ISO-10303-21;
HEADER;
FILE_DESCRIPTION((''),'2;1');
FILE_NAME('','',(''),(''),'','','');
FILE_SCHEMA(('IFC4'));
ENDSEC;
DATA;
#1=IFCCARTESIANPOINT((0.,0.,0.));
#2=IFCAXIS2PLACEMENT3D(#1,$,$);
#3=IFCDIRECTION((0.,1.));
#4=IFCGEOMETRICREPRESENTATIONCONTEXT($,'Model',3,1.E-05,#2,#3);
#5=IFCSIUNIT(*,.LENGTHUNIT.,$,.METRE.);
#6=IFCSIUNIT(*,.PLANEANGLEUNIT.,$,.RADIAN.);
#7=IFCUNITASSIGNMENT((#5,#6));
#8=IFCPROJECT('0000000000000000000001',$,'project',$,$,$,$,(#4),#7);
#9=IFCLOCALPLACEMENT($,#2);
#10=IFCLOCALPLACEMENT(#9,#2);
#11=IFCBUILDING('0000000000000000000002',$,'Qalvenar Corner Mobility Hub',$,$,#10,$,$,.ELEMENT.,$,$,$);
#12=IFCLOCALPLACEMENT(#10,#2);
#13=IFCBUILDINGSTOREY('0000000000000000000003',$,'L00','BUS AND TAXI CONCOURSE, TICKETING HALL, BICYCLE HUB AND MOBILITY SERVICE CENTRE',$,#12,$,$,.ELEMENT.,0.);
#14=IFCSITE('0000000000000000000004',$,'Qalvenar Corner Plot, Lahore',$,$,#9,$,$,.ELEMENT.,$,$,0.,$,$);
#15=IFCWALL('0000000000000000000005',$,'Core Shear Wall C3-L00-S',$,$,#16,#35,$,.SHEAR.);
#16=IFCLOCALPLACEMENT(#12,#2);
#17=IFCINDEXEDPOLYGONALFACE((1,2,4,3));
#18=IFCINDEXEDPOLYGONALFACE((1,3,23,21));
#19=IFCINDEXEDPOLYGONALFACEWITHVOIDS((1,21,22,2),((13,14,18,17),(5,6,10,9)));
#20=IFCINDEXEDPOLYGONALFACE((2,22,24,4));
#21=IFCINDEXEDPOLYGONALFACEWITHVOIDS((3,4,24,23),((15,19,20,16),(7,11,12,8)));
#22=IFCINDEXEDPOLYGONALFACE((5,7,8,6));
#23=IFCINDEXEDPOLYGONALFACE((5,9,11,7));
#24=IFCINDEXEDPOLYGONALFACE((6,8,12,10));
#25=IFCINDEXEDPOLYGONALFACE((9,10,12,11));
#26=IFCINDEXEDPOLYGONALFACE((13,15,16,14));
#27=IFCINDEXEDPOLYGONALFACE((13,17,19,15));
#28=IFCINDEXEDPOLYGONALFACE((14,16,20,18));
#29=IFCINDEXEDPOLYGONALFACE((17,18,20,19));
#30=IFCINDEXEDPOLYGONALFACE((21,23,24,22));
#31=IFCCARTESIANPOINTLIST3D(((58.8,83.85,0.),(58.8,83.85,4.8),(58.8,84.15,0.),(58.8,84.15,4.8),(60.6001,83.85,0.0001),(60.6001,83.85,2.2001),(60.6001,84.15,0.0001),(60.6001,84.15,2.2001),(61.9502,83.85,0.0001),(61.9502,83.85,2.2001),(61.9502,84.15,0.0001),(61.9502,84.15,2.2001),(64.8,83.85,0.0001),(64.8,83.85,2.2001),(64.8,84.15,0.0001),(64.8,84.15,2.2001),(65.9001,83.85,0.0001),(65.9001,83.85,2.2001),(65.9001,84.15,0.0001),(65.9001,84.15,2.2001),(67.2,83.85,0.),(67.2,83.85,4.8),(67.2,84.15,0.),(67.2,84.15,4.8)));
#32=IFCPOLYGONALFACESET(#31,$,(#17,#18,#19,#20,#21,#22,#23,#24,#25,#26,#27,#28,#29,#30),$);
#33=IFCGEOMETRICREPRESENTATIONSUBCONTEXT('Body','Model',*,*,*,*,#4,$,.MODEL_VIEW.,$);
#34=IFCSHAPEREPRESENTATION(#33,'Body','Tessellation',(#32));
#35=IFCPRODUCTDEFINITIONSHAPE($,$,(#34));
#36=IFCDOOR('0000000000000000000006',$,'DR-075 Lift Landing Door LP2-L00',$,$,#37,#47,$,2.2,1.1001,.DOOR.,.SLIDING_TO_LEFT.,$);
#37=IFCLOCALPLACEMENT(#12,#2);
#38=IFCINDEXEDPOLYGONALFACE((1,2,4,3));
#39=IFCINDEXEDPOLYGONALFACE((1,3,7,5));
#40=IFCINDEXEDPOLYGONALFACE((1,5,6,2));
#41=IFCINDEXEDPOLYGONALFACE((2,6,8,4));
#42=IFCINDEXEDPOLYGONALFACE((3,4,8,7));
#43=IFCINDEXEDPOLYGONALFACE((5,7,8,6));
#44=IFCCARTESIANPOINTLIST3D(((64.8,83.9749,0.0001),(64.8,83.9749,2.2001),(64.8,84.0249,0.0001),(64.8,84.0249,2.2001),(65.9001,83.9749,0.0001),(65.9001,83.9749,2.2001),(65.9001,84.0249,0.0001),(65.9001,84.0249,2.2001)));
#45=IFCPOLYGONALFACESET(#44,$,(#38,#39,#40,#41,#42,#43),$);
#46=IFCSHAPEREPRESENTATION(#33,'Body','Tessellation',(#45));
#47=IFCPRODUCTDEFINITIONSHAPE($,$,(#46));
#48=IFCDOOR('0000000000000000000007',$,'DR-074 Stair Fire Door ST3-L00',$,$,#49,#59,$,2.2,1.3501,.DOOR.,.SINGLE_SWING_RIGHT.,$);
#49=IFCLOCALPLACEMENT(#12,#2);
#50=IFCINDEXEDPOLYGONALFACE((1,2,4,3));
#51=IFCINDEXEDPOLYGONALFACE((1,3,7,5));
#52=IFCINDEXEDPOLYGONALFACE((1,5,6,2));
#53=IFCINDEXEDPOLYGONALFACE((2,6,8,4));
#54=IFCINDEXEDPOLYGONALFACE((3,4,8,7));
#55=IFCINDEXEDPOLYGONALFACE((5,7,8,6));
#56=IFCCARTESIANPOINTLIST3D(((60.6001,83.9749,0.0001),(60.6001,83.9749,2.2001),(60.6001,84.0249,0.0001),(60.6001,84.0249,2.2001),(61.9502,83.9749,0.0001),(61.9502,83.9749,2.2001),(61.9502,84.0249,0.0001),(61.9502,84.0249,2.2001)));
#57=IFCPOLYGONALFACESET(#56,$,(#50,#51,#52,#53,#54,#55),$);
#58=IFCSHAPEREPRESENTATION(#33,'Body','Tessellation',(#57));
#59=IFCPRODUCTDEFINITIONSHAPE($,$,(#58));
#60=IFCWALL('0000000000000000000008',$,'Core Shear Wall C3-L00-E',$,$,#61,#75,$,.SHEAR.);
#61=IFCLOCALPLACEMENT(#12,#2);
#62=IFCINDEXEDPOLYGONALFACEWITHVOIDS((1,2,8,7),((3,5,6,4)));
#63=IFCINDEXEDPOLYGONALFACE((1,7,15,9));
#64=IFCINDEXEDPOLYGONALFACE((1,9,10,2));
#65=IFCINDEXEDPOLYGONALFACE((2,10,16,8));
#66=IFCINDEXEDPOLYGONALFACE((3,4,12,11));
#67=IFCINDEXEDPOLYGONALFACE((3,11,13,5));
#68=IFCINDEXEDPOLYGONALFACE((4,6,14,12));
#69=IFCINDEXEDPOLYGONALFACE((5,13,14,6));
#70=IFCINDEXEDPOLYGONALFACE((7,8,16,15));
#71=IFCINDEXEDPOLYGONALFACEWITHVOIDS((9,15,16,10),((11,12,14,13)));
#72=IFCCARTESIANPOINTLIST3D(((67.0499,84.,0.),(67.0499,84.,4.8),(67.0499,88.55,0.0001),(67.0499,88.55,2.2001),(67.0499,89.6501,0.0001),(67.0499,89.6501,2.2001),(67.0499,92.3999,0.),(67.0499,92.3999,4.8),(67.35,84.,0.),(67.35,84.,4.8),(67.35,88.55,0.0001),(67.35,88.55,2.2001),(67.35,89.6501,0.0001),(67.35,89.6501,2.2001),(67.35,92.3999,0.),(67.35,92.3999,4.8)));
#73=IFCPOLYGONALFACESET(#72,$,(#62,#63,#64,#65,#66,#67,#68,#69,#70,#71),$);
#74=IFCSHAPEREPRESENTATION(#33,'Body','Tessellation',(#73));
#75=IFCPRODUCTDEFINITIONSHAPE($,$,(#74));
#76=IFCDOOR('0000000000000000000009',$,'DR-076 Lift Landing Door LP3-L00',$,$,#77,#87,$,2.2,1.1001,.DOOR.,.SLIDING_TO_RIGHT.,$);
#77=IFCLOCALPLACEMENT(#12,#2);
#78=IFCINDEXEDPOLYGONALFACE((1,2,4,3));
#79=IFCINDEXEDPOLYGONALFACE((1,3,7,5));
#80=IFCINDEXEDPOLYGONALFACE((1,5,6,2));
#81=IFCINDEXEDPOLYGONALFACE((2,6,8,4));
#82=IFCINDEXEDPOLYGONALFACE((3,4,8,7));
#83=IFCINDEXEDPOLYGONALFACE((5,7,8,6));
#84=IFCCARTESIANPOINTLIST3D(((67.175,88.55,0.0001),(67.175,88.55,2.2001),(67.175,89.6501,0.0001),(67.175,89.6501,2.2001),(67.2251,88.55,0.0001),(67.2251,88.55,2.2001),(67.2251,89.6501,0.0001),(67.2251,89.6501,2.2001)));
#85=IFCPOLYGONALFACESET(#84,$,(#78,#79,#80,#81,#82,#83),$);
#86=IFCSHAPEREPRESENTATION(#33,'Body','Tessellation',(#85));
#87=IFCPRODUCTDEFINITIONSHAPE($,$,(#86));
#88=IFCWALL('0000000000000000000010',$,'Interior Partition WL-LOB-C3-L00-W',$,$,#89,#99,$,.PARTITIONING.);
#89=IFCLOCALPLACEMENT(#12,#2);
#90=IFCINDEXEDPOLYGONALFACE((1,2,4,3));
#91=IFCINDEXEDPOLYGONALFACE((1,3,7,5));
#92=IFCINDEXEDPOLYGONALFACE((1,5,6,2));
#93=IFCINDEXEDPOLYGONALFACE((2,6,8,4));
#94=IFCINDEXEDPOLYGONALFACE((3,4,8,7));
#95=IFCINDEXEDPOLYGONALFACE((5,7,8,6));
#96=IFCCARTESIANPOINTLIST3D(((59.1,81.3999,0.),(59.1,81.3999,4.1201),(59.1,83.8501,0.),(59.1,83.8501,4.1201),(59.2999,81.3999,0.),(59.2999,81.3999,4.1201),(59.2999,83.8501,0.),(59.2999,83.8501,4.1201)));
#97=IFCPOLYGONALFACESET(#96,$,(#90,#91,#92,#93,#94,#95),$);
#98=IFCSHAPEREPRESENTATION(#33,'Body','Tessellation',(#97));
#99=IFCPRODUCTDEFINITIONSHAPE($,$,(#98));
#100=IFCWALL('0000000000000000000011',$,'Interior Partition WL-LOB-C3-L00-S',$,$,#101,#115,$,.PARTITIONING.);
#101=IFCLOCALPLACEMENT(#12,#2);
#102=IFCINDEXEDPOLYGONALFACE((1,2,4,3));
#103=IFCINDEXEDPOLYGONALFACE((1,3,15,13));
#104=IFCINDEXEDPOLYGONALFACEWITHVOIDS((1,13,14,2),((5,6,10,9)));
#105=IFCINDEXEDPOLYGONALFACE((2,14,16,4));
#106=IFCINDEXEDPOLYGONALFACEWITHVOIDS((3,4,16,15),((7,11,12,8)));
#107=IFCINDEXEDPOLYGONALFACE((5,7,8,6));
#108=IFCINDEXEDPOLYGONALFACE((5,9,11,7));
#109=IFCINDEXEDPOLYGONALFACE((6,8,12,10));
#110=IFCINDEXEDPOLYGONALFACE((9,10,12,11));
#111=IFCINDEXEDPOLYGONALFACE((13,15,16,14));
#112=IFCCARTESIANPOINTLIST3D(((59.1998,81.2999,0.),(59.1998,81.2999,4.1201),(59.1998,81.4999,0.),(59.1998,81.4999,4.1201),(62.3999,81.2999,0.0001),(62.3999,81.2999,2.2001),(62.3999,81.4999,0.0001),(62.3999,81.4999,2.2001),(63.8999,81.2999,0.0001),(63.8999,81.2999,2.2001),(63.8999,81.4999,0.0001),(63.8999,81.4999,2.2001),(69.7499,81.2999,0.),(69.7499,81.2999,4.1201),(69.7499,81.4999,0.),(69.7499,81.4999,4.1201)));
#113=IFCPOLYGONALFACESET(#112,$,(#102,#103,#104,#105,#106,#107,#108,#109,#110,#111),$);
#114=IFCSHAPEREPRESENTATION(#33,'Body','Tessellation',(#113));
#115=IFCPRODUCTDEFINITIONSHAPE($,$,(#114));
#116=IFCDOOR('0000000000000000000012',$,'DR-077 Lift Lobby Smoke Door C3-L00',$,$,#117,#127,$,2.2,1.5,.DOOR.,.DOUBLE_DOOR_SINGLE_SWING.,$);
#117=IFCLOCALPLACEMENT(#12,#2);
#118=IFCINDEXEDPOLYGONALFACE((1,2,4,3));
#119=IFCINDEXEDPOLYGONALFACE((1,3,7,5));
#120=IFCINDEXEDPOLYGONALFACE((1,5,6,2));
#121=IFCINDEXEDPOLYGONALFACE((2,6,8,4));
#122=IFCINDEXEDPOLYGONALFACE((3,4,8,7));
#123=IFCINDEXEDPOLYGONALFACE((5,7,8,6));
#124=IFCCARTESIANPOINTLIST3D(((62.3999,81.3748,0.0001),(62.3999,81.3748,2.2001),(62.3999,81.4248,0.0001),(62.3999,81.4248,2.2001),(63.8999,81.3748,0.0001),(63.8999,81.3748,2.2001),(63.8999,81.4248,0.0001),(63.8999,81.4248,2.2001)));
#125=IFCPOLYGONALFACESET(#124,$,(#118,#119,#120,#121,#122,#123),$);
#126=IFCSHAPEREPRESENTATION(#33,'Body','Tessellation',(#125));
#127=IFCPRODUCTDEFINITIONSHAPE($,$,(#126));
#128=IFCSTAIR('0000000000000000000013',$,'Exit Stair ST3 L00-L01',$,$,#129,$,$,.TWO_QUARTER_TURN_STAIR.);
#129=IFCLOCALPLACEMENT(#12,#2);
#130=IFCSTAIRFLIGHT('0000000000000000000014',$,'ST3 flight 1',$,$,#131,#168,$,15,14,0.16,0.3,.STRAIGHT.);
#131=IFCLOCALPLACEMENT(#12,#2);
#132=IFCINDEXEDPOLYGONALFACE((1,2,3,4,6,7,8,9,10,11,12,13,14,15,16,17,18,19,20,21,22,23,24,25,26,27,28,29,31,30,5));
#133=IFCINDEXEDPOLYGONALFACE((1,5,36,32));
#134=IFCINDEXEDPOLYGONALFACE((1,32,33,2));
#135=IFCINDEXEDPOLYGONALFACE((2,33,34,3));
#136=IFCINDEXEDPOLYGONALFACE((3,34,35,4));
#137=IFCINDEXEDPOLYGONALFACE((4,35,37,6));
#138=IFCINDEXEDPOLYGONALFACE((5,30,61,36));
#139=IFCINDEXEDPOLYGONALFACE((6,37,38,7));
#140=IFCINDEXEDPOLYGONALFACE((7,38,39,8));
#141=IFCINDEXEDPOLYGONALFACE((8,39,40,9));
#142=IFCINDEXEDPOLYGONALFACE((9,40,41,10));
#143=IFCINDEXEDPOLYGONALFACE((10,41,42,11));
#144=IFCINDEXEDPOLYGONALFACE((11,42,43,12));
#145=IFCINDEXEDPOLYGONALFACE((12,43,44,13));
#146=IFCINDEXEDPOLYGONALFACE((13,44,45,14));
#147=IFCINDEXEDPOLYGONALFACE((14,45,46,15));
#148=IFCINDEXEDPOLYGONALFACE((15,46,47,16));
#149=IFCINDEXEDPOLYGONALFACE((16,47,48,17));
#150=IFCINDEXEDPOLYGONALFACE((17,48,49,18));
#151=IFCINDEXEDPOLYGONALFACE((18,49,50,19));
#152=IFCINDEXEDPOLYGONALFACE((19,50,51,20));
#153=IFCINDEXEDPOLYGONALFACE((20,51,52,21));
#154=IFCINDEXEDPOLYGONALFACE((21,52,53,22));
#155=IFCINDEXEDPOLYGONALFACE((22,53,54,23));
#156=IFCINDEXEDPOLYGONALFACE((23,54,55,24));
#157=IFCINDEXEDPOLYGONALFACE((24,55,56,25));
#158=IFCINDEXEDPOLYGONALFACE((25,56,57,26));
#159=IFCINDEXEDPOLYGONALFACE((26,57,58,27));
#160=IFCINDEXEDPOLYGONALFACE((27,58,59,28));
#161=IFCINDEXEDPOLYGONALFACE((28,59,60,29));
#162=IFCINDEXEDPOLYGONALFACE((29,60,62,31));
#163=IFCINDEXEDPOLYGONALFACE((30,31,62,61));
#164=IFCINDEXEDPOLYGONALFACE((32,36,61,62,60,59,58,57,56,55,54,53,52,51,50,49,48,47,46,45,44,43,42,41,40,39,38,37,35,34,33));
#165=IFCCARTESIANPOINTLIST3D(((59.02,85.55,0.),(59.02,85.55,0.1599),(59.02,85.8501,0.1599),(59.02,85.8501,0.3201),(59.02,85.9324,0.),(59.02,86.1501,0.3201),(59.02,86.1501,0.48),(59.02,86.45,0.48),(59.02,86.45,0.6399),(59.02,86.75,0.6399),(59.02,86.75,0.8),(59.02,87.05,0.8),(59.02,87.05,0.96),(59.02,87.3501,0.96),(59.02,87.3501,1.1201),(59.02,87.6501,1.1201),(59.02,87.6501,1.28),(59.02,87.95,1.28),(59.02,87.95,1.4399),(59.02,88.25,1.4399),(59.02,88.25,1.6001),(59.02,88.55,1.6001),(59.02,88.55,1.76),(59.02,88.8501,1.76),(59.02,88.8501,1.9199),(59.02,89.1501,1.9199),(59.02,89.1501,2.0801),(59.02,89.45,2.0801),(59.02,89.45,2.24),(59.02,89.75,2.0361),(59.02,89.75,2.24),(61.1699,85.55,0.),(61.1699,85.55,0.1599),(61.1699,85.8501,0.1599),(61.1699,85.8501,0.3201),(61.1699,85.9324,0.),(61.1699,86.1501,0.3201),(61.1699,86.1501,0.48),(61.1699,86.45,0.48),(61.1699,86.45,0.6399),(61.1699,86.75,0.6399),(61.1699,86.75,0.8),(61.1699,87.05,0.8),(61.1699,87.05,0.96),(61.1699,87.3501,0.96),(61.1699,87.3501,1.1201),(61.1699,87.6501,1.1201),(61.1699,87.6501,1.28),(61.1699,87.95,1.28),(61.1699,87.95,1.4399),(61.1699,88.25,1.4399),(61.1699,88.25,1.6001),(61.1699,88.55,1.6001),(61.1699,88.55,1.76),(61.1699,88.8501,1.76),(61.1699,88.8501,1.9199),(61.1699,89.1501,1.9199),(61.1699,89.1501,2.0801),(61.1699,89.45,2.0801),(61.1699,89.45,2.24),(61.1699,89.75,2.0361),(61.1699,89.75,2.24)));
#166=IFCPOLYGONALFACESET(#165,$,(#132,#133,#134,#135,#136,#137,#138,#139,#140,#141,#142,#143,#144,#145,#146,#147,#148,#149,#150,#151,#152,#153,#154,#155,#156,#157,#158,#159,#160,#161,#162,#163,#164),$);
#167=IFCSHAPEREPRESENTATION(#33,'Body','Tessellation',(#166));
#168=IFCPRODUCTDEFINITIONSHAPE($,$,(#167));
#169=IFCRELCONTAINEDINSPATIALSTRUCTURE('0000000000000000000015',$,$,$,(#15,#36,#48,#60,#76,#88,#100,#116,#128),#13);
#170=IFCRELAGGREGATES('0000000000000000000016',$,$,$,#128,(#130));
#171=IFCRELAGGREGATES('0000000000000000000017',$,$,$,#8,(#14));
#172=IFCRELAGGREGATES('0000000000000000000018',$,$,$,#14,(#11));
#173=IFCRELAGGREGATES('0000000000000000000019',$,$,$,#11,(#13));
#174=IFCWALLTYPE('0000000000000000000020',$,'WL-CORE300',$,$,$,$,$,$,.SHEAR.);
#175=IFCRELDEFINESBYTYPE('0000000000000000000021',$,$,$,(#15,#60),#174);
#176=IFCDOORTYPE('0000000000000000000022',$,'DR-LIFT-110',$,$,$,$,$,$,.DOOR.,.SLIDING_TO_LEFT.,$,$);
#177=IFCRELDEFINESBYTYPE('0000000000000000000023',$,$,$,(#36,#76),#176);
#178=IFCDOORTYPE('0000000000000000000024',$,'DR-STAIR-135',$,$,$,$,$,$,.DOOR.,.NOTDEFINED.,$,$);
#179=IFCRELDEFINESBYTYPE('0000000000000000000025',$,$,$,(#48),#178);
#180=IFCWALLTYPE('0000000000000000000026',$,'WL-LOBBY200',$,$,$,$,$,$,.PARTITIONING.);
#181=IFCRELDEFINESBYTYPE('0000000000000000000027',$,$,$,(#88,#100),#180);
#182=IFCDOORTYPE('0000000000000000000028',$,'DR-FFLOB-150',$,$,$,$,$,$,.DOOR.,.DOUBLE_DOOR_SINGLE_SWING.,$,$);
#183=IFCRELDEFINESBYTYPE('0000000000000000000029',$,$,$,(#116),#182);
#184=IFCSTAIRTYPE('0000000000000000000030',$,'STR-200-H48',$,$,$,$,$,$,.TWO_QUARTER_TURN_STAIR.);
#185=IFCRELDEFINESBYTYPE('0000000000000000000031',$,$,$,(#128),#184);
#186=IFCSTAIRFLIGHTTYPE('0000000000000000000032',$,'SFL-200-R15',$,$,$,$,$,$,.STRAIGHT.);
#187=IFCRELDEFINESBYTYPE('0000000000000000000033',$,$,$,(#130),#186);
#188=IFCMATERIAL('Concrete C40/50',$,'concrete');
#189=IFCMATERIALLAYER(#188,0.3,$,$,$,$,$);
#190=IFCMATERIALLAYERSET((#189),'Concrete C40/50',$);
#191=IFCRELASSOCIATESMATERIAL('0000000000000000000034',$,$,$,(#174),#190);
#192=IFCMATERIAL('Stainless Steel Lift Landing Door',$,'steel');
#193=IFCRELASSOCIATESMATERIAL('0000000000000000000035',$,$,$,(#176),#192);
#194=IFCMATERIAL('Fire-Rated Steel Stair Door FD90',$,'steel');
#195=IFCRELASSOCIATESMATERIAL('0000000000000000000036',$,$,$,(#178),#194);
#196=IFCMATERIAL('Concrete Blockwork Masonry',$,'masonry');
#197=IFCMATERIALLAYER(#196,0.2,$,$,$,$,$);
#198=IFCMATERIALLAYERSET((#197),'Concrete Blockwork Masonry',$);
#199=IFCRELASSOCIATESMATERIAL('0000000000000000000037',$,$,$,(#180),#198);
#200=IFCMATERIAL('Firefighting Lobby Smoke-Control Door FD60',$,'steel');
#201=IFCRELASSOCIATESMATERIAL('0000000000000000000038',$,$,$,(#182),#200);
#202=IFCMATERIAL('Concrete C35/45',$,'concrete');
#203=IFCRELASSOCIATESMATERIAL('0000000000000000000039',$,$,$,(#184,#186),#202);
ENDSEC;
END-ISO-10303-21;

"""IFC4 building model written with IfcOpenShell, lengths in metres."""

from ifc_helpers import new_model, si_unit, direction, frame, frame_2d, origin, place, context, subcontext, project, spatial, polyline, rectangle, outline, extrude, material, layer, layer_set, type_object, element, fill, aggregate, save


model = new_model("IFC4")

# Units and contexts
model_context = context("Model", 3, precision=1e-05, world=origin(), true_north=direction((0.0, 1.0)))
body_context = subcontext(model_context, "Body", "Model", "MODEL_VIEW")
ifc_project = project(units=[si_unit("LENGTHUNIT", "METRE"), si_unit("PLANEANGLEUNIT", "RADIAN")], contexts=[model_context])

# Site, building, storey
site_placement = place(None, origin())
site = spatial("IfcSite", under=ifc_project, at=site_placement, Name="Qalvenar Corner Plot, Lahore", CompositionType="ELEMENT", RefElevation=0.0)
building_placement = place(site_placement, origin())
building = spatial("IfcBuilding", under=site, at=building_placement, Name="Qalvenar Corner Mobility Hub", CompositionType="ELEMENT")
storey_placement = place(building_placement, origin())
storey = spatial("IfcBuildingStorey", under=building, at=storey_placement, Name="L00", Description="BUS AND TAXI CONCOURSE, TICKETING HALL, BICYCLE HUB AND MOBILITY SERVICE CENTRE", CompositionType="ELEMENT", Elevation=0.0)

# Shared definitions
ifc_material_1 = material(Name="Concrete C40/50", Category="concrete")

# Wall, openings, doors
ifc_layer_1 = layer(ifc_material_1, 0.3)
ifc_layer_set_1 = layer_set([ifc_layer_1], Name="Concrete C40/50")
wall_type_1 = type_object("IfcWallType", Name="WL-CORE300", PredefinedType="SHEAR", material=ifc_layer_set_1)
wall_1_placement = place(storey_placement, frame((58.8, 84.0, 0.0), z_axis=(0.0, 0.0, 1.0), x_axis=(1.0, 0.0, 0.0)))
wall_1 = element("IfcWall", 1, at=wall_1_placement, inside=storey, type_object=wall_type_1, Name="Core Shear Wall C3-L00-S", PredefinedType="SHEAR", context=body_context, shape_type="SweptSolid", body=[
    extrude(rectangle(XDim=8.3999, YDim=0.3, at=frame_2d((4.2, 0.0))), origin(), (0.0, 0.0, 1.0), 4.8),
])
opening_1_placement = place(wall_1_placement, frame((1.8, 0.0, 0.0)))
opening_1 = element("IfcOpeningElement", 2, at=opening_1_placement, cuts=wall_1, PredefinedType="OPENING", context=body_context, shape_type="SweptSolid", body=[
    extrude(rectangle(XDim=1.3501, YDim=2.2, at=frame_2d((0.675, 1.1001))), frame((0.0, 0.1602, 0.0), z_axis=(0.0, -1.0, 0.0), x_axis=(1.0, 0.0, 0.0)), (0.0, 0.0, 1.0), 0.3201),
])
opening_2_placement = place(wall_1_placement, frame((6.0, 0.0, 0.0)))
opening_2 = element("IfcOpeningElement", 3, at=opening_2_placement, cuts=wall_1, PredefinedType="OPENING", context=body_context, shape_type="SweptSolid", body=[
    extrude(rectangle(XDim=1.1001, YDim=2.2, at=frame_2d((0.55, 1.1001))), frame((0.0, 0.1602, 0.0), z_axis=(0.0, -1.0, 0.0), x_axis=(1.0, 0.0, 0.0)), (0.0, 0.0, 1.0), 0.3201),
])
ifc_material_2 = material(Name="Stainless Steel Lift Landing Door", Category="steel")
door_type_1 = type_object("IfcDoorType", Name="DR-LIFT-110", OperationType="SLIDING_TO_LEFT", PredefinedType="DOOR", material=ifc_material_2)
door_1_placement = place(opening_2_placement, origin())
door_1 = element("IfcDoor", 4, at=door_1_placement, inside=storey, type_object=door_type_1, Name="DR-075 Lift Landing Door LP2-L00", OperationType="SLIDING_TO_LEFT", OverallHeight=2.2, OverallWidth=1.1001, PredefinedType="DOOR", context=body_context, shape_type="SweptSolid", body=[
    extrude(rectangle(XDim=1.1001, YDim=2.2, at=frame_2d((0.55, 1.1001))), frame((0.0, 0.0249, 0.0), z_axis=(0.0, -1.0, 0.0), x_axis=(1.0, 0.0, 0.0)), (0.0, 0.0, 1.0), 0.05),
])
fill(opening_2, door_1)
ifc_material_3 = material(Name="Fire-Rated Steel Stair Door FD90", Category="steel")
door_type_2 = type_object("IfcDoorType", Name="DR-STAIR-135", OperationType="NOTDEFINED", PredefinedType="DOOR", material=ifc_material_3)
door_2_placement = place(opening_1_placement, origin())
door_2 = element("IfcDoor", 5, at=door_2_placement, inside=storey, type_object=door_type_2, Name="DR-074 Stair Fire Door ST3-L00", OperationType="SINGLE_SWING_RIGHT", OverallHeight=2.2, OverallWidth=1.3501, PredefinedType="DOOR", context=body_context, shape_type="SweptSolid", body=[
    extrude(rectangle(XDim=1.3501, YDim=2.2, at=frame_2d((0.675, 1.1001))), frame((0.0, 0.0249, 0.0), z_axis=(0.0, -1.0, 0.0), x_axis=(1.0, 0.0, 0.0)), (0.0, 0.0, 1.0), 0.05),
])
fill(opening_1, door_2)

# Wall, opening, door
wall_2_placement = place(storey_placement, frame((67.2, 84.0, 0.0), z_axis=(0.0, 0.0, 1.0), x_axis=(0.0, 1.0, 0.0)))
wall_2 = element("IfcWall", 6, at=wall_2_placement, inside=storey, type_object=wall_type_1, Name="Core Shear Wall C3-L00-E", PredefinedType="SHEAR", context=body_context, shape_type="SweptSolid", body=[
    extrude(rectangle(XDim=8.3999, YDim=0.3, at=frame_2d((4.2, 0.0))), origin(), (0.0, 0.0, 1.0), 4.8),
])
opening_3_placement = place(wall_2_placement, frame((4.55, 0.0, 0.0)))
opening_3 = element("IfcOpeningElement", 7, at=opening_3_placement, cuts=wall_2, PredefinedType="OPENING", context=body_context, shape_type="SweptSolid", body=[
    extrude(rectangle(XDim=1.1001, YDim=2.2, at=frame_2d((0.55, 1.1001))), frame((0.0, 0.1602, 0.0), z_axis=(0.0, -1.0, 0.0), x_axis=(1.0, 0.0, 0.0)), (0.0, 0.0, 1.0), 0.3201),
])
door_3_placement = place(opening_3_placement, origin())
door_3 = element("IfcDoor", 8, at=door_3_placement, inside=storey, type_object=door_type_1, Name="DR-076 Lift Landing Door LP3-L00", OperationType="SLIDING_TO_RIGHT", OverallHeight=2.2, OverallWidth=1.1001, PredefinedType="DOOR", context=body_context, shape_type="SweptSolid", body=[
    extrude(rectangle(XDim=1.1001, YDim=2.2, at=frame_2d((0.55, 1.1001))), frame((0.0, 0.0249, 0.0), z_axis=(0.0, -1.0, 0.0), x_axis=(1.0, 0.0, 0.0)), (0.0, 0.0, 1.0), 0.05),
])
fill(opening_3, door_3)

# Wall
ifc_material_4 = material(Name="Concrete Blockwork Masonry", Category="masonry")
ifc_layer_2 = layer(ifc_material_4, 0.2)
ifc_layer_set_2 = layer_set([ifc_layer_2], Name="Concrete Blockwork Masonry")
wall_type_2 = type_object("IfcWallType", Name="WL-LOBBY200", PredefinedType="PARTITIONING", material=ifc_layer_set_2)
wall_3_placement = place(storey_placement, frame((59.2, 81.3999, 0.0), z_axis=(0.0, 0.0, 1.0), x_axis=(0.0, 1.0, 0.0)))
element("IfcWall", 9, at=wall_3_placement, inside=storey, type_object=wall_type_2, Name="Interior Partition WL-LOB-C3-L00-W", PredefinedType="PARTITIONING", context=body_context, shape_type="SweptSolid", body=[
    extrude(rectangle(XDim=2.4502, YDim=0.2, at=frame_2d((1.2251, 0.0))), origin(), (0.0, 0.0, 1.0), 4.1201),
])

# Wall, opening, door
wall_4_placement = place(storey_placement, frame((59.2, 81.3999, 0.0), z_axis=(0.0, 0.0, 1.0), x_axis=(1.0, 0.0, 0.0)))
wall_4 = element("IfcWall", 10, at=wall_4_placement, inside=storey, type_object=wall_type_2, Name="Interior Partition WL-LOB-C3-L00-S", PredefinedType="PARTITIONING", context=body_context, shape_type="SweptSolid", body=[
    extrude(rectangle(XDim=10.55, YDim=0.2, at=frame_2d((5.2749, 0.0))), origin(), (0.0, 0.0, 1.0), 4.1201),
])
opening_4_placement = place(wall_4_placement, frame((3.2, 0.0, 0.0)))
opening_4 = element("IfcOpeningElement", 11, at=opening_4_placement, cuts=wall_4, PredefinedType="OPENING", context=body_context, shape_type="SweptSolid", body=[
    extrude(rectangle(XDim=1.5, YDim=2.2, at=frame_2d((0.75, 1.1001))), frame((0.0, 0.1099, 0.0), z_axis=(0.0, -1.0, 0.0), x_axis=(1.0, 0.0, 0.0)), (0.0, 0.0, 1.0), 0.22),
])
ifc_material_5 = material(Name="Firefighting Lobby Smoke-Control Door FD60", Category="steel")
door_type_3 = type_object("IfcDoorType", Name="DR-FFLOB-150", OperationType="DOUBLE_DOOR_SINGLE_SWING", PredefinedType="DOOR", material=ifc_material_5)
door_4_placement = place(opening_4_placement, origin())
door_4 = element("IfcDoor", 12, at=door_4_placement, inside=storey, type_object=door_type_3, Name="DR-077 Lift Lobby Smoke Door C3-L00", OperationType="DOUBLE_DOOR_SINGLE_SWING", OverallHeight=2.2, OverallWidth=1.5, PredefinedType="DOOR", context=body_context, shape_type="SweptSolid", body=[
    extrude(rectangle(XDim=1.5, YDim=2.2, at=frame_2d((0.75, 1.1001))), frame((0.0, 0.0249, 0.0), z_axis=(0.0, -1.0, 0.0), x_axis=(1.0, 0.0, 0.0)), (0.0, 0.0, 1.0), 0.05),
])
fill(opening_4, door_4)

# Stair, stair flight
ifc_material_6 = material(Name="Concrete C35/45", Category="concrete")
stair_type = type_object("IfcStairType", Name="STR-200-H48", PredefinedType="TWO_QUARTER_TURN_STAIR", material=ifc_material_6)
stair_placement = place(storey_placement, origin())
stair = element("IfcStair", 13, at=stair_placement, inside=storey, type_object=stair_type, Name="Exit Stair ST3 L00-L01", PredefinedType="TWO_QUARTER_TURN_STAIR")
stair_flight_type = type_object("IfcStairFlightType", Name="SFL-200-R15", PredefinedType="STRAIGHT", material=ifc_material_6)
stair_flight_placement = place(storey_placement, frame((60.095, 85.55, 0.0), z_axis=(0.0, 0.0, 1.0), x_axis=(0.0, 1.0, 0.0)))
stair_flight = element("IfcStairFlight", 14, at=stair_flight_placement, type_object=stair_flight_type, Name="ST3 flight 1", NumberOfRisers=15, NumberOfTreads=14, PredefinedType="STRAIGHT", RiserHeight=0.16, TreadLength=0.3, context=body_context, shape_type="SweptSolid", body=[
    extrude(outline(polyline([(0.0, 0.0), (0.0, 0.1599), (0.3, 0.1599), (0.3, 0.3201), (0.6001, 0.3201), (0.6001, 0.48), (0.8999, 0.48), (0.8999, 0.6399), (1.2, 0.6399), (1.2, 0.8), (1.5, 0.8), (1.5, 0.96), (1.8, 0.96), (1.8, 1.1201), (2.1001, 1.1201), (2.1001, 1.28), (2.3999, 1.28), (2.3999, 1.4399), (2.7, 1.4399), (2.7, 1.6001), (3.0, 1.6001), (3.0, 1.76), (3.3, 1.76), (3.3, 1.9199), (3.6001, 1.9199), (3.6001, 2.0801), (3.8999, 2.0801), (3.8999, 2.24), (4.2, 2.24), (4.2, 2.3999), (4.2, 2.0361), (0.3823, 0.0), (0.0, 0.0)])), frame((0.0, 1.075, 0.0), z_axis=(0.0, -1.0, 0.0), x_axis=(1.0, 0.0, 0.0)), (0.0, 0.0, 1.0), 2.1499),
])
aggregate(stair, [stair_flight])

save(model, "model.ifc")
